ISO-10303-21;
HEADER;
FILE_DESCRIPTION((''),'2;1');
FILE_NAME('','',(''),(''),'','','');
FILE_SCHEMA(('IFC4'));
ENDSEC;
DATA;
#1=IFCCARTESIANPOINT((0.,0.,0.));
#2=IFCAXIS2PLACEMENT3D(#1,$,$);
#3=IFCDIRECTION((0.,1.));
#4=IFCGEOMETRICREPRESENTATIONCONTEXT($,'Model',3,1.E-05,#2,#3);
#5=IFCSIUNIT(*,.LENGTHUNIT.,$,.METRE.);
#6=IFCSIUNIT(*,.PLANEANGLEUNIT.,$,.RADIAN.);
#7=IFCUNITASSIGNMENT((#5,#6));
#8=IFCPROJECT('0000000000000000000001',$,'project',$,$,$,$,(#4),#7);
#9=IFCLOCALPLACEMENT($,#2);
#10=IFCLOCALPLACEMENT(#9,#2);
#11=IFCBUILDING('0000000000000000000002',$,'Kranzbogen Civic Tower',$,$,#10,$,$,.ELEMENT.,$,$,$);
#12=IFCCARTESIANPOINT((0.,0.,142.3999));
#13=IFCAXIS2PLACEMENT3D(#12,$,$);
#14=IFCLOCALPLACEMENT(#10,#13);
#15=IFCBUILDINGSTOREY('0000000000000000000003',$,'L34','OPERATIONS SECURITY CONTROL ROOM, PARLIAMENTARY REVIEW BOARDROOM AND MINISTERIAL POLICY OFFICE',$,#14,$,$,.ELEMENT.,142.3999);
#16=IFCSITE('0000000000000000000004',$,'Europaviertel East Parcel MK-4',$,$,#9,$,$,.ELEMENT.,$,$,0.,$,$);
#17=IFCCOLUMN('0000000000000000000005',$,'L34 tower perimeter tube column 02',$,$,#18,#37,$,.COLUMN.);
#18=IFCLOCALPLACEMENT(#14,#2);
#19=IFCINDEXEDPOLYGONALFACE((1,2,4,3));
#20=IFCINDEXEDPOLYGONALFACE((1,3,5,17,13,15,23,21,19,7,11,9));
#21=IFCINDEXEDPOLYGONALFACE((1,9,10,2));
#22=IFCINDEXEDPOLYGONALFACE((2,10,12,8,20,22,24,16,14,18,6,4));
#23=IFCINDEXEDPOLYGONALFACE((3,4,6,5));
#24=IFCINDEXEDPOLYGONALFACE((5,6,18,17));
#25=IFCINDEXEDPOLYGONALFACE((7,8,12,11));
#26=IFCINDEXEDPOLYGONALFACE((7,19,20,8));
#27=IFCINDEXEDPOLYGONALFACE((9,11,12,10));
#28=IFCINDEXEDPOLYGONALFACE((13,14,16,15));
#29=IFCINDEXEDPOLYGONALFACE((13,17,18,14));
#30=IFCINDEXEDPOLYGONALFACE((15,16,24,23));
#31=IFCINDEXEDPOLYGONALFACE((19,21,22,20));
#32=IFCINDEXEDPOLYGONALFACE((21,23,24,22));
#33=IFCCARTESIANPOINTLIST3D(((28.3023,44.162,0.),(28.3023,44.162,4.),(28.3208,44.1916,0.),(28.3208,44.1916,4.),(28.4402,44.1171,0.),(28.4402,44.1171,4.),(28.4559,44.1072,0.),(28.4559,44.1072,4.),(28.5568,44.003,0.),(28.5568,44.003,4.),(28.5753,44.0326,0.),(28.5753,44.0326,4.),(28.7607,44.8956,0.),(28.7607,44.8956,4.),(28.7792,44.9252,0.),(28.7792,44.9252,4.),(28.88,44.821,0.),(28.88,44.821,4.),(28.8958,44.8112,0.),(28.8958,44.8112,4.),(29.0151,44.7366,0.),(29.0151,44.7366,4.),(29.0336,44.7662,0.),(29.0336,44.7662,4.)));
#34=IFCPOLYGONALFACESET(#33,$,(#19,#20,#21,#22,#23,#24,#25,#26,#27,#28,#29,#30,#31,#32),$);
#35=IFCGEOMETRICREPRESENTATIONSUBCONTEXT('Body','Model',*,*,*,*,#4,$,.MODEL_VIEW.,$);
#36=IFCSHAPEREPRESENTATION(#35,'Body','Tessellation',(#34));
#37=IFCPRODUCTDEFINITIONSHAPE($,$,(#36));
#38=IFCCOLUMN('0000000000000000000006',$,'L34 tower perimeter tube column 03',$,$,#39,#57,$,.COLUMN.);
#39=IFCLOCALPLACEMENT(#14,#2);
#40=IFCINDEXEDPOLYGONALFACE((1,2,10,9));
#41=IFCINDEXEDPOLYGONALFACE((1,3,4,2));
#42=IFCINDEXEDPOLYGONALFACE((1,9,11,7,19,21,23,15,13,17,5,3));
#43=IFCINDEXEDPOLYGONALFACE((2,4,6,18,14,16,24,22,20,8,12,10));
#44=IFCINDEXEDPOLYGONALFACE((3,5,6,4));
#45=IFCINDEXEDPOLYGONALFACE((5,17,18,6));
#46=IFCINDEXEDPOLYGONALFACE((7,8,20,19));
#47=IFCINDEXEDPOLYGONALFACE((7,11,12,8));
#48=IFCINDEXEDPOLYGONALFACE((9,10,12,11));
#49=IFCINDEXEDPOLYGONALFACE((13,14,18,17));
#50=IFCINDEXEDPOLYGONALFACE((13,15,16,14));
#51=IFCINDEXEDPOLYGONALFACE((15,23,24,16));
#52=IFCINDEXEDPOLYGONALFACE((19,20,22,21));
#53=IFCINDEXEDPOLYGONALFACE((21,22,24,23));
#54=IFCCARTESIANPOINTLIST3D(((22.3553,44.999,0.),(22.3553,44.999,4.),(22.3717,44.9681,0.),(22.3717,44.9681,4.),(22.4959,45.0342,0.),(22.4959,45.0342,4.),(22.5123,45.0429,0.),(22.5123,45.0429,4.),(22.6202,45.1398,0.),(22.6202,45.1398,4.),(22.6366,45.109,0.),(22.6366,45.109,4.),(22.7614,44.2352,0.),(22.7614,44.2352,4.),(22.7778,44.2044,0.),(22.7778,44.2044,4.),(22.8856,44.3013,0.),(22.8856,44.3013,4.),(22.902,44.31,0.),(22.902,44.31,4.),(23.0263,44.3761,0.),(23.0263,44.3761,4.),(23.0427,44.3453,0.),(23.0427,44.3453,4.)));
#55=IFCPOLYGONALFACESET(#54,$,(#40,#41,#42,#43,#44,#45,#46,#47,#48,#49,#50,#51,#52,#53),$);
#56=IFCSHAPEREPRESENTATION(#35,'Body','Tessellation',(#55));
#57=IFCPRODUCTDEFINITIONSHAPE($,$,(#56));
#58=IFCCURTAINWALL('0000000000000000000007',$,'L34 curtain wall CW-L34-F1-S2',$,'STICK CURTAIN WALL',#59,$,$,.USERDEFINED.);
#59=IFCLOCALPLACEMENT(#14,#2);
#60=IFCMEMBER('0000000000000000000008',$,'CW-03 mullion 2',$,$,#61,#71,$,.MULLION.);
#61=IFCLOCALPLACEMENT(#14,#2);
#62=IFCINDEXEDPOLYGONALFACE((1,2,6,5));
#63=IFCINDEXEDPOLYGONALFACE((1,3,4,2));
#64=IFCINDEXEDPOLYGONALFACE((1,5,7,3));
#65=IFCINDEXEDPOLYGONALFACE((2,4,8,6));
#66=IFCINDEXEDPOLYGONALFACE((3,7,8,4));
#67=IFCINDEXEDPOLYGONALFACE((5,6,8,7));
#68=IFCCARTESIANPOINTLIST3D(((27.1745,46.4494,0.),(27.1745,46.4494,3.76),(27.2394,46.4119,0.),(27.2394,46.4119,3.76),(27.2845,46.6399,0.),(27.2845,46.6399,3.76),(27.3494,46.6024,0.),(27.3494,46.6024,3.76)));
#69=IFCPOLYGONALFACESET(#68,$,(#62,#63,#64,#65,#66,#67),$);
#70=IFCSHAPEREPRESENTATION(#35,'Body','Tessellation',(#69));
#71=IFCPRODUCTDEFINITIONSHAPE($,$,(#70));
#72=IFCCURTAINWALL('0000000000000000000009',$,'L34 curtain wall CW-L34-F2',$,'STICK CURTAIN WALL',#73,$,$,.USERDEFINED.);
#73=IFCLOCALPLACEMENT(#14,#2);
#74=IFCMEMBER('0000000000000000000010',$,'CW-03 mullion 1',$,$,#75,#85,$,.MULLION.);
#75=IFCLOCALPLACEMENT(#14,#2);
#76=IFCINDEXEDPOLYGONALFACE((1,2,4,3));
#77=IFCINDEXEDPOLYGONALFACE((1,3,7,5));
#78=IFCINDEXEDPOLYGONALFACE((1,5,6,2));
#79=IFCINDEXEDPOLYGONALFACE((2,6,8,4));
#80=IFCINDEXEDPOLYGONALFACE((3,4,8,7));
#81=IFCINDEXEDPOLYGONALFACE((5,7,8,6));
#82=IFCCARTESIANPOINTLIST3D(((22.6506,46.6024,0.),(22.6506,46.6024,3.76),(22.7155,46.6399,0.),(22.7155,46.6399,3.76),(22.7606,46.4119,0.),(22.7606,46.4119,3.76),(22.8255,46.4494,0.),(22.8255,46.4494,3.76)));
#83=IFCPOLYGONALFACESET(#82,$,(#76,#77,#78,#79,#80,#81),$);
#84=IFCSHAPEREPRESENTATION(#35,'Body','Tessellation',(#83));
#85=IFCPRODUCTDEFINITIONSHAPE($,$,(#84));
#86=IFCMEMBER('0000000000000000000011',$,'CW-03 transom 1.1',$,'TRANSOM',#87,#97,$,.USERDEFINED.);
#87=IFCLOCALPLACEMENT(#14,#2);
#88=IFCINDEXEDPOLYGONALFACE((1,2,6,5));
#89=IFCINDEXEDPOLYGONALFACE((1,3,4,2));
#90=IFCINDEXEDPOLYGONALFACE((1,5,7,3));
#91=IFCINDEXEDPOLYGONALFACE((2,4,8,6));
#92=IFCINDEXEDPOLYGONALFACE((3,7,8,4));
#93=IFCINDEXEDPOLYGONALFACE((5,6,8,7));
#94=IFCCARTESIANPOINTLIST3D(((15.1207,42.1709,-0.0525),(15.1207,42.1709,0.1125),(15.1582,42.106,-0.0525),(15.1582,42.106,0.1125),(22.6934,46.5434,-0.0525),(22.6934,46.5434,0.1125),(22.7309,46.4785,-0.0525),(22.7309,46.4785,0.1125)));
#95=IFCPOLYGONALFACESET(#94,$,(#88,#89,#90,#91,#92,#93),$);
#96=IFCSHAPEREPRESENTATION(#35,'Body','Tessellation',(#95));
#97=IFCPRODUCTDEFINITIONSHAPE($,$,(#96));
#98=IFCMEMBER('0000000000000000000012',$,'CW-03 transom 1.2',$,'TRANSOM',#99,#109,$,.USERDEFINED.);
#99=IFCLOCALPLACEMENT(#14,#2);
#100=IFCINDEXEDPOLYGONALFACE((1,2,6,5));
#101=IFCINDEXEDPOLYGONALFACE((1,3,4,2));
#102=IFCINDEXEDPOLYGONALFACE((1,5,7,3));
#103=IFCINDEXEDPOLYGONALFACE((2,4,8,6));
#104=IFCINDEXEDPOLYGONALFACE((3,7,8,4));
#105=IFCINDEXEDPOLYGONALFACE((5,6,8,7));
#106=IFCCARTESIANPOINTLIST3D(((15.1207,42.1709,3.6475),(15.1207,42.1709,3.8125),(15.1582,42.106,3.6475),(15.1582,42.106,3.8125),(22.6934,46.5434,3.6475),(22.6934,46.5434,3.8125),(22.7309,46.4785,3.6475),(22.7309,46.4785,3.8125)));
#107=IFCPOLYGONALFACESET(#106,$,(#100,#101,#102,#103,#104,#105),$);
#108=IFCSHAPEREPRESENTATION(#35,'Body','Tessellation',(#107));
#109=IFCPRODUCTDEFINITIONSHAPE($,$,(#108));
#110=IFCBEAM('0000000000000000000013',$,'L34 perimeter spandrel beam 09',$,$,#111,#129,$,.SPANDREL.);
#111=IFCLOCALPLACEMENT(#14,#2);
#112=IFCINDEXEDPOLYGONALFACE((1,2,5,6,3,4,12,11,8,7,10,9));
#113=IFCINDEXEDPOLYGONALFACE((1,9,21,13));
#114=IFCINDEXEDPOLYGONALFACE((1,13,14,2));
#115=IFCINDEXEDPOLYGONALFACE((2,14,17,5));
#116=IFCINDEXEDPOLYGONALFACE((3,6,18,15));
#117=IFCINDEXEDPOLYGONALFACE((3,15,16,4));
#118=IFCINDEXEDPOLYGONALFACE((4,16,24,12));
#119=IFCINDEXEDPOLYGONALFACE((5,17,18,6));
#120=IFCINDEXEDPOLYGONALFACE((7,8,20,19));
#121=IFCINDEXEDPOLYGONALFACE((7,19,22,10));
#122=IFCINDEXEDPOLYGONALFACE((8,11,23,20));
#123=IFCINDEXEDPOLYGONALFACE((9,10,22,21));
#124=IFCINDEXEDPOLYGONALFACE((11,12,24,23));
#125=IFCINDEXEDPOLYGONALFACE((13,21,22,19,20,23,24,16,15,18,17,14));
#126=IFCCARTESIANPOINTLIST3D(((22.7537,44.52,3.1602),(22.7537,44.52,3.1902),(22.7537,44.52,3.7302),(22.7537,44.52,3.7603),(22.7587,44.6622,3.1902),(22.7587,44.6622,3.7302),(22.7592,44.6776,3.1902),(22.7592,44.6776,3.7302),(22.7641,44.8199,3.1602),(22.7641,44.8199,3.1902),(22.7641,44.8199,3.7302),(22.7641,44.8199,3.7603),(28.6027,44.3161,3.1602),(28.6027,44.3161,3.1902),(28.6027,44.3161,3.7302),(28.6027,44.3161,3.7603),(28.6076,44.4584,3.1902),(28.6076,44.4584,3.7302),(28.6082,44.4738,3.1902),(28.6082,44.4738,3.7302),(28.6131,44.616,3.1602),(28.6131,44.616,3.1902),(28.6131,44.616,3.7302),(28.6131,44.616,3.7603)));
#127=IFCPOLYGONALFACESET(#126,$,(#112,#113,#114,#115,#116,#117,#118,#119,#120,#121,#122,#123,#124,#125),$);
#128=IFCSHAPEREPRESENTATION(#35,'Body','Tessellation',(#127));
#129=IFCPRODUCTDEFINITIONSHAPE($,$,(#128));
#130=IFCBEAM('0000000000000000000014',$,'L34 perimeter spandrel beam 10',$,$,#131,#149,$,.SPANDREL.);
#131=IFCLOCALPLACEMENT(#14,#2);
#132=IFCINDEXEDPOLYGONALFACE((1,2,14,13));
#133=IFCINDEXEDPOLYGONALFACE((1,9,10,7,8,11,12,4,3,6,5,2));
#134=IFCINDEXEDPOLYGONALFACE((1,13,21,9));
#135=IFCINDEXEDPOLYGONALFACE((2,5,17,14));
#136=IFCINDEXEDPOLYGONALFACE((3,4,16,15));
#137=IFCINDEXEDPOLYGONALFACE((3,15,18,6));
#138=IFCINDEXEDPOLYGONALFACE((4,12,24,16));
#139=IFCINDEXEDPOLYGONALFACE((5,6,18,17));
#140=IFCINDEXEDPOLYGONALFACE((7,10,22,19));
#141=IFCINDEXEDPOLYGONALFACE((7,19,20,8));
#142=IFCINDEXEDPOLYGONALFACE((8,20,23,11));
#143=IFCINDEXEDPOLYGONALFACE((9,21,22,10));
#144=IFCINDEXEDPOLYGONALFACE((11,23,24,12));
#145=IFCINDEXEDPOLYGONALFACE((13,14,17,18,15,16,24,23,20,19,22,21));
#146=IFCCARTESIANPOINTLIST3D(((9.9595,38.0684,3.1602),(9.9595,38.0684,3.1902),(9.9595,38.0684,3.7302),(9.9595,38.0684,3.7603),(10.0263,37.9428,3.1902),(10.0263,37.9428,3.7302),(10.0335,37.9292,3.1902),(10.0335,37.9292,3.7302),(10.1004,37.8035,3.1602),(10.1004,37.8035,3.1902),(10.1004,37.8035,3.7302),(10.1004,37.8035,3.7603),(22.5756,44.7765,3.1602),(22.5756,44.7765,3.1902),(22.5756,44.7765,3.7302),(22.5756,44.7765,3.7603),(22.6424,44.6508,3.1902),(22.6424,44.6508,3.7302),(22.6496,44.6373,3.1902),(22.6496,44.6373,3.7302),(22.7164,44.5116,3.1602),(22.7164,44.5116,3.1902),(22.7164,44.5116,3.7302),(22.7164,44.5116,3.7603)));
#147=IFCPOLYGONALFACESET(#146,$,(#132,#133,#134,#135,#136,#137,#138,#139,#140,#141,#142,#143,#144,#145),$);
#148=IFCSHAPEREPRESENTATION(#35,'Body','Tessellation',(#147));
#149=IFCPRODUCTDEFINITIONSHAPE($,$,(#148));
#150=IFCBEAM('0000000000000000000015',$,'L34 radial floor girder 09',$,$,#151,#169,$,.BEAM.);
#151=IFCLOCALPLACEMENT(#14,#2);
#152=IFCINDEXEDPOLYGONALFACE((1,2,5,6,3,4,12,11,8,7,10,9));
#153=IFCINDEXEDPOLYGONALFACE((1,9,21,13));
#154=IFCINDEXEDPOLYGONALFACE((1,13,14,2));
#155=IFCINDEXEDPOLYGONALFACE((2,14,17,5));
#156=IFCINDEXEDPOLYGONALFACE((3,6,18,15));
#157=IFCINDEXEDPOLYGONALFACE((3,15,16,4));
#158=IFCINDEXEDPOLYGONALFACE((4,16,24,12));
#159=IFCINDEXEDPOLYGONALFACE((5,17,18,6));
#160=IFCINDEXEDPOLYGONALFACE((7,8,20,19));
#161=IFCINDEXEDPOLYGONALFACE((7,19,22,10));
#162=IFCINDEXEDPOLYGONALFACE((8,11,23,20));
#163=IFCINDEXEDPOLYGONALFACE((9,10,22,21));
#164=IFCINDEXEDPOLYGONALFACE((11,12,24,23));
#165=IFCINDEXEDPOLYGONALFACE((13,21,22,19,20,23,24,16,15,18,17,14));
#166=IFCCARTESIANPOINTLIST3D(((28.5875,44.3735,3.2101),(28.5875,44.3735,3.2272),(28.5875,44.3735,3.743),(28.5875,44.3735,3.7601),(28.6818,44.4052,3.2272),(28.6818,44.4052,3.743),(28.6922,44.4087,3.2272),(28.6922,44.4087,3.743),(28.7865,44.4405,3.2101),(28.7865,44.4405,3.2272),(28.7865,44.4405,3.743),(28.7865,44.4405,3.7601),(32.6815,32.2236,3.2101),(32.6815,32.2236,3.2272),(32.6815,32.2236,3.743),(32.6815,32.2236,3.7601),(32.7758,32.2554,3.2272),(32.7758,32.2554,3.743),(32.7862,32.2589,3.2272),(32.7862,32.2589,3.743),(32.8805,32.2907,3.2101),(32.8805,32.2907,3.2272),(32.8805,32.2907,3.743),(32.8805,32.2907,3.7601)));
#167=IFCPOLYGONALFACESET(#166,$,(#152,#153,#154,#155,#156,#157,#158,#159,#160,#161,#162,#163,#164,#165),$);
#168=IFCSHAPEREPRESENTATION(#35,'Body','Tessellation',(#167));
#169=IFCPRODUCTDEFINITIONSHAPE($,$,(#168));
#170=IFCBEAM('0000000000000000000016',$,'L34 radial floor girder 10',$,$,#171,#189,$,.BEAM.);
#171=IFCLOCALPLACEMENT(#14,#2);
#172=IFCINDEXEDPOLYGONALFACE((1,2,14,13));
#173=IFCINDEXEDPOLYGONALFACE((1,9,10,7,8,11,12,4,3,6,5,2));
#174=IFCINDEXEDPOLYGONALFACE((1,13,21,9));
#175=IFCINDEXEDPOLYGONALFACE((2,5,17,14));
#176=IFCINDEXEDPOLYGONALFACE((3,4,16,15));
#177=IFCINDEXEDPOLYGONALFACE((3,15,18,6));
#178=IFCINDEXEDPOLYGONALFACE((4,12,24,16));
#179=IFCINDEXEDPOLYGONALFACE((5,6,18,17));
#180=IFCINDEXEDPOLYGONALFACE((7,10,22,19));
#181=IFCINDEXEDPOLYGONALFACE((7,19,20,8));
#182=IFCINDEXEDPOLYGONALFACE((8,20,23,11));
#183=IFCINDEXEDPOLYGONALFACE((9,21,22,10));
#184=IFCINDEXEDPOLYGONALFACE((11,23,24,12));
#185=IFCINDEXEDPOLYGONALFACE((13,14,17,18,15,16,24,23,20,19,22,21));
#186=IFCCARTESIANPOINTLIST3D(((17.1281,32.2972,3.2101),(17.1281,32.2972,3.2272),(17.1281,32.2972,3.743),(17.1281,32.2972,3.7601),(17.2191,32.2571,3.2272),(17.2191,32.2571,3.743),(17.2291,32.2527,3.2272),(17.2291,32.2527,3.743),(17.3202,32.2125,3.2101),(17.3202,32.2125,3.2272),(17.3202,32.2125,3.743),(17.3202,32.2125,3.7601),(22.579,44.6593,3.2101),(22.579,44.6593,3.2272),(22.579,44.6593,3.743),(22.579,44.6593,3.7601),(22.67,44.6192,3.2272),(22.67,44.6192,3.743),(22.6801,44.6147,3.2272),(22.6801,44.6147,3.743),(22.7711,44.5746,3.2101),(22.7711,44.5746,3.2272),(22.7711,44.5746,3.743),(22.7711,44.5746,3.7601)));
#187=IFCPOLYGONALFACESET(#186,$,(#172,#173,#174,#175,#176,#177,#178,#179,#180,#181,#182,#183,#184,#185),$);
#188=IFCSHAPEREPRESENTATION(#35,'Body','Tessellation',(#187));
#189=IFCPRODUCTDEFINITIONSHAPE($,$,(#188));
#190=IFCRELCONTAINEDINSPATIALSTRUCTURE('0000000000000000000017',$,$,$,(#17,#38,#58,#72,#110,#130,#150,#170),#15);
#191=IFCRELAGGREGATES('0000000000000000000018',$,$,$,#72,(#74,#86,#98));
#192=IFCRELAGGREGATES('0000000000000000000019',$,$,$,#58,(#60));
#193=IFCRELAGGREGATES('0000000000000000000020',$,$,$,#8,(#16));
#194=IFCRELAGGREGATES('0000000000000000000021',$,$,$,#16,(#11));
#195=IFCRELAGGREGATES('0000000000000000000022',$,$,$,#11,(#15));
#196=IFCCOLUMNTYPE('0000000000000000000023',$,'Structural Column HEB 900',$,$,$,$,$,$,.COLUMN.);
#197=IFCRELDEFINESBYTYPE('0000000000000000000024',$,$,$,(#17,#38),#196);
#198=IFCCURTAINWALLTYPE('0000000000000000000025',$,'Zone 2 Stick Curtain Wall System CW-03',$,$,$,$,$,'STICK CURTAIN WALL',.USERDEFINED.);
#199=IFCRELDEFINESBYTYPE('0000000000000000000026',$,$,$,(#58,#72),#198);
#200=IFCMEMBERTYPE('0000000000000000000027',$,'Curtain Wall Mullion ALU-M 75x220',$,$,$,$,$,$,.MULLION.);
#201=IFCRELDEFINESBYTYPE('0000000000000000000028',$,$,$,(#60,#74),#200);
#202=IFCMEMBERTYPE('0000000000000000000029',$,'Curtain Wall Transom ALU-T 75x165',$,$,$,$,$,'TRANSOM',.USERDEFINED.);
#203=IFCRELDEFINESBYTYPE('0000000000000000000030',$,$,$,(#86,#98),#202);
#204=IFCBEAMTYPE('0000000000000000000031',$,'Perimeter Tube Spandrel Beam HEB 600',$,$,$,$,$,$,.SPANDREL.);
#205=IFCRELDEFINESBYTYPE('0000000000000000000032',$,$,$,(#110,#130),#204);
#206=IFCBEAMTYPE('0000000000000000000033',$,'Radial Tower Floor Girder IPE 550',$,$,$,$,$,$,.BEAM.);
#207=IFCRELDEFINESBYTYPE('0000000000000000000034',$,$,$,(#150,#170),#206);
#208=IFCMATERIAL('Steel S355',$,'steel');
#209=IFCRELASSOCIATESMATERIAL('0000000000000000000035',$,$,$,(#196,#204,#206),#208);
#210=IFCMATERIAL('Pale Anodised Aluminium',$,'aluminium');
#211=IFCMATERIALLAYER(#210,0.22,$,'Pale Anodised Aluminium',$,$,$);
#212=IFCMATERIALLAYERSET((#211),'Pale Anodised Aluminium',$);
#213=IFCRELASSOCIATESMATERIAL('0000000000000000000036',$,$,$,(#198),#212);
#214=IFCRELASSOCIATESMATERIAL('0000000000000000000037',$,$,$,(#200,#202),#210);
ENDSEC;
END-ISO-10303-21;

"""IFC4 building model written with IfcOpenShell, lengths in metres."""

from ifc_helpers import new_model, si_unit, direction, frame, origin, origin_2d, place, context, subcontext, project, spatial, rectangle, i_section, extrude, material, layer, layer_set, material_profile, profile_set, type_object, element, aggregate, save


model = new_model("IFC4")

# Units and contexts
model_context = context("Model", 3, precision=1e-05, world=origin(), true_north=direction((0.0, 1.0)))
body_context = subcontext(model_context, "Body", "Model", "MODEL_VIEW")
ifc_project = project(units=[si_unit("LENGTHUNIT", "METRE"), si_unit("PLANEANGLEUNIT", "RADIAN")], contexts=[model_context])

# Site, building, storey
site_placement = place(None, origin())
site = spatial("IfcSite", under=ifc_project, at=site_placement, Name="Europaviertel East Parcel MK-4", CompositionType="ELEMENT", RefElevation=0.0)
building_placement = place(site_placement, origin())
building = spatial("IfcBuilding", under=site, at=building_placement, Name="Kranzbogen Civic Tower", CompositionType="ELEMENT")
storey_placement = place(building_placement, frame((0.0, 0.0, 142.3999)))
storey = spatial("IfcBuildingStorey", under=building, at=storey_placement, Name="L34", Description="OPERATIONS SECURITY CONTROL ROOM, PARLIAMENTARY REVIEW BOARDROOM AND MINISTERIAL POLICY OFFICE", CompositionType="ELEMENT", Elevation=142.3999)

# Columns
ifc_material_1 = material(Name="Steel S355", Category="steel")
ifc_material_profile_1 = material_profile(ifc_material_1, i_section(OverallWidth=0.3, OverallDepth=0.8999, WebThickness=0.0186, FlangeThickness=0.0349, at=origin_2d()), Name="HEB 900")
ifc_profile_set_1 = profile_set([ifc_material_profile_1], Name="Steel S355")
column_type = type_object("IfcColumnType", Name="Structural Column HEB 900", PredefinedType="COLUMN", material=ifc_profile_set_1)
for number, where, z_axis, x_axis, name in (
    (1, (28.668, 44.4641, 0.0), (0.0, 0.0, 1.0), (-0.848048, 0.529919, 0.0), "L34 tower perimeter tube column 02"),
    (2, (22.699, 44.6721, 0.0), (0.0, 0.0, 1.0), (0.882948, 0.469472, 0.0), "L34 tower perimeter tube column 03"),
):
    element("IfcColumn", number, at=place(storey_placement, frame(where, z_axis=z_axis, x_axis=x_axis)), inside=storey, type_object=column_type, Name=name, PredefinedType="COLUMN", context=body_context, shape_type="SweptSolid", body=[
        extrude(i_section(OverallWidth=0.3, OverallDepth=0.8999, WebThickness=0.0186, FlangeThickness=0.0349, at=origin_2d()), origin(), (0.0, 0.0, 1.0), 4.0),
    ])

# Curtain wall, member
ifc_material_2 = material(Name="Pale Anodised Aluminium", Category="aluminium")
ifc_layer_1 = layer(ifc_material_2, 0.22, Name="Pale Anodised Aluminium")
ifc_layer_set_1 = layer_set([ifc_layer_1], Name="Pale Anodised Aluminium")
curtain_wall_type = type_object("IfcCurtainWallType", Name="Zone 2 Stick Curtain Wall System CW-03", ElementType="STICK CURTAIN WALL", PredefinedType="USERDEFINED", material=ifc_layer_set_1)
curtain_wall_1_placement = place(storey_placement, origin())
curtain_wall_1 = element("IfcCurtainWall", 3, at=curtain_wall_1_placement, inside=storey, type_object=curtain_wall_type, Name="L34 curtain wall CW-L34-F1-S2", ObjectType="STICK CURTAIN WALL", PredefinedType="USERDEFINED")
ifc_material_profile_2 = material_profile(ifc_material_2, rectangle(XDim=0.075, YDim=0.22, at=origin_2d()), Name="ALU-M 75x220")
ifc_profile_set_2 = profile_set([ifc_material_profile_2], Name="Pale Anodised Aluminium")
member_type_1 = type_object("IfcMemberType", Name="Curtain Wall Mullion ALU-M 75x220", PredefinedType="MULLION", material=ifc_profile_set_2)
member_1_placement = place(storey_placement, frame((27.262, 46.5259, 0.0), z_axis=(0.0, 0.0, 1.0), x_axis=(-0.866018, 0.500013, 0.0)))
member_1 = element("IfcMember", 4, at=member_1_placement, type_object=member_type_1, Name="CW-03 mullion 2", PredefinedType="MULLION", context=body_context, shape_type="SweptSolid", body=[
    extrude(rectangle(XDim=0.075, YDim=0.22, at=origin_2d()), origin(), (0.0, 0.0, 1.0), 3.76),
])

# Curtain wall, members
curtain_wall_2_placement = place(storey_placement, origin())
curtain_wall_2 = element("IfcCurtainWall", 5, at=curtain_wall_2_placement, inside=storey, type_object=curtain_wall_type, Name="L34 curtain wall CW-L34-F2", ObjectType="STICK CURTAIN WALL", PredefinedType="USERDEFINED")
member_2_placement = place(storey_placement, frame((22.738, 46.5259, 0.0), z_axis=(0.0, 0.0, 1.0), x_axis=(-0.866002, -0.500041, 0.0)))
member_2 = element("IfcMember", 6, at=member_2_placement, type_object=member_type_1, Name="CW-03 mullion 1", PredefinedType="MULLION", context=body_context, shape_type="SweptSolid", body=[
    extrude(rectangle(XDim=0.075, YDim=0.22, at=origin_2d()), origin(), (0.0, 0.0, 1.0), 3.76),
])
ifc_material_profile_3 = material_profile(ifc_material_2, rectangle(XDim=0.075, YDim=0.165, at=origin_2d()), Name="ALU-T 75x165")
ifc_profile_set_3 = profile_set([ifc_material_profile_3], Name="Pale Anodised Aluminium")
member_type_2 = type_object("IfcMemberType", Name="Curtain Wall Transom ALU-T 75x165", ElementType="TRANSOM", PredefinedType="USERDEFINED", material=ifc_profile_set_3)
member_3_placement = place(storey_placement, frame((22.7122, 46.511, 0.03), z_axis=(-0.866004, -0.500037, 0.0), x_axis=(0.500037, -0.866004, 0.0)))
member_3 = element("IfcMember", 7, at=member_3_placement, type_object=member_type_2, Name="CW-03 transom 1.1", ObjectType="TRANSOM", PredefinedType="USERDEFINED", context=body_context, shape_type="SweptSolid", body=[
    extrude(rectangle(XDim=0.075, YDim=0.165, at=origin_2d()), origin(), (0.0, 0.0, 1.0), 8.7444),
])
member_4_placement = place(storey_placement, frame((22.7122, 46.511, 3.73), z_axis=(-0.866004, -0.500037, 0.0), x_axis=(0.500037, -0.866004, 0.0)))
member_4 = element("IfcMember", 8, at=member_4_placement, type_object=member_type_2, Name="CW-03 transom 1.2", ObjectType="TRANSOM", PredefinedType="USERDEFINED", context=body_context, shape_type="SweptSolid", body=[
    extrude(rectangle(XDim=0.075, YDim=0.165, at=origin_2d()), origin(), (0.0, 0.0, 1.0), 8.7444),
])
aggregate(curtain_wall_2, [member_2, member_3, member_4])

# Beams
ifc_material_profile_4 = material_profile(ifc_material_1, i_section(OverallWidth=0.3, OverallDepth=0.6001, WebThickness=0.0154, FlangeThickness=0.03, at=origin_2d()), Name="HEB 600")
ifc_profile_set_4 = profile_set([ifc_material_profile_4], Name="Steel S355")
beam_type_1 = type_object("IfcBeamType", Name="Perimeter Tube Spandrel Beam HEB 600", PredefinedType="SPANDREL", material=ifc_profile_set_4)
beam_1_placement = place(storey_placement, frame((28.6079, 44.4661, 3.4602), z_axis=(-0.999393, 0.034833, 0.0), x_axis=(-0.034833, -0.999393, 0.0)))
element("IfcBeam", 9, at=beam_1_placement, inside=storey, type_object=beam_type_1, Name="L34 perimeter spandrel beam 09", PredefinedType="SPANDREL", context=body_context, shape_type="SweptSolid", body=[
    extrude(i_section(OverallWidth=0.3, OverallDepth=0.6001, WebThickness=0.0154, FlangeThickness=0.03, at=origin_2d()), origin(), (0.0, 0.0, 1.0), 5.8525),
])
beam_2_placement = place(storey_placement, frame((22.646, 44.644, 3.4602), z_axis=(-0.882948, -0.46947, 0.0), x_axis=(0.46947, -0.882948, 0.0)))
element("IfcBeam", 10, at=beam_2_placement, inside=storey, type_object=beam_type_1, Name="L34 perimeter spandrel beam 10", PredefinedType="SPANDREL", context=body_context, shape_type="SweptSolid", body=[
    extrude(i_section(OverallWidth=0.3, OverallDepth=0.6001, WebThickness=0.0154, FlangeThickness=0.03, at=origin_2d()), origin(), (0.0, 0.0, 1.0), 14.2886),
])
ifc_material_profile_5 = material_profile(ifc_material_1, i_section(OverallWidth=0.21, OverallDepth=0.55, WebThickness=0.011, FlangeThickness=0.0171, at=origin_2d()), Name="IPE 550")
ifc_profile_set_5 = profile_set([ifc_material_profile_5], Name="Steel S355")
beam_type_2 = type_object("IfcBeamType", Name="Radial Tower Floor Girder IPE 550", PredefinedType="BEAM", material=ifc_profile_set_5)
beam_3_placement = place(storey_placement, frame((28.687, 44.407, 3.4851), z_axis=(0.319317, -0.947648, 0.0), x_axis=(0.947648, 0.319317, 0.0)))
element("IfcBeam", 11, at=beam_3_placement, inside=storey, type_object=beam_type_2, Name="L34 radial floor girder 09", PredefinedType="BEAM", context=body_context, shape_type="SweptSolid", body=[
    extrude(i_section(OverallWidth=0.21, OverallDepth=0.55, WebThickness=0.011, FlangeThickness=0.0171, at=origin_2d()), origin(), (0.0, 0.0, 1.0), 12.821),
])
beam_4_placement = place(storey_placement, frame((22.675, 44.6169, 3.4851), z_axis=(-0.403459, -0.914998, 0.0), x_axis=(0.914998, -0.403459, 0.0)))
element("IfcBeam", 12, at=beam_4_placement, inside=storey, type_object=beam_type_2, Name="L34 radial floor girder 10", PredefinedType="BEAM", context=body_context, shape_type="SweptSolid", body=[
    extrude(i_section(OverallWidth=0.21, OverallDepth=0.55, WebThickness=0.011, FlangeThickness=0.0171, at=origin_2d()), origin(), (0.0, 0.0, 1.0), 13.5105),
])

aggregate(curtain_wall_1, [member_1])

save(model, "model.ifc")
